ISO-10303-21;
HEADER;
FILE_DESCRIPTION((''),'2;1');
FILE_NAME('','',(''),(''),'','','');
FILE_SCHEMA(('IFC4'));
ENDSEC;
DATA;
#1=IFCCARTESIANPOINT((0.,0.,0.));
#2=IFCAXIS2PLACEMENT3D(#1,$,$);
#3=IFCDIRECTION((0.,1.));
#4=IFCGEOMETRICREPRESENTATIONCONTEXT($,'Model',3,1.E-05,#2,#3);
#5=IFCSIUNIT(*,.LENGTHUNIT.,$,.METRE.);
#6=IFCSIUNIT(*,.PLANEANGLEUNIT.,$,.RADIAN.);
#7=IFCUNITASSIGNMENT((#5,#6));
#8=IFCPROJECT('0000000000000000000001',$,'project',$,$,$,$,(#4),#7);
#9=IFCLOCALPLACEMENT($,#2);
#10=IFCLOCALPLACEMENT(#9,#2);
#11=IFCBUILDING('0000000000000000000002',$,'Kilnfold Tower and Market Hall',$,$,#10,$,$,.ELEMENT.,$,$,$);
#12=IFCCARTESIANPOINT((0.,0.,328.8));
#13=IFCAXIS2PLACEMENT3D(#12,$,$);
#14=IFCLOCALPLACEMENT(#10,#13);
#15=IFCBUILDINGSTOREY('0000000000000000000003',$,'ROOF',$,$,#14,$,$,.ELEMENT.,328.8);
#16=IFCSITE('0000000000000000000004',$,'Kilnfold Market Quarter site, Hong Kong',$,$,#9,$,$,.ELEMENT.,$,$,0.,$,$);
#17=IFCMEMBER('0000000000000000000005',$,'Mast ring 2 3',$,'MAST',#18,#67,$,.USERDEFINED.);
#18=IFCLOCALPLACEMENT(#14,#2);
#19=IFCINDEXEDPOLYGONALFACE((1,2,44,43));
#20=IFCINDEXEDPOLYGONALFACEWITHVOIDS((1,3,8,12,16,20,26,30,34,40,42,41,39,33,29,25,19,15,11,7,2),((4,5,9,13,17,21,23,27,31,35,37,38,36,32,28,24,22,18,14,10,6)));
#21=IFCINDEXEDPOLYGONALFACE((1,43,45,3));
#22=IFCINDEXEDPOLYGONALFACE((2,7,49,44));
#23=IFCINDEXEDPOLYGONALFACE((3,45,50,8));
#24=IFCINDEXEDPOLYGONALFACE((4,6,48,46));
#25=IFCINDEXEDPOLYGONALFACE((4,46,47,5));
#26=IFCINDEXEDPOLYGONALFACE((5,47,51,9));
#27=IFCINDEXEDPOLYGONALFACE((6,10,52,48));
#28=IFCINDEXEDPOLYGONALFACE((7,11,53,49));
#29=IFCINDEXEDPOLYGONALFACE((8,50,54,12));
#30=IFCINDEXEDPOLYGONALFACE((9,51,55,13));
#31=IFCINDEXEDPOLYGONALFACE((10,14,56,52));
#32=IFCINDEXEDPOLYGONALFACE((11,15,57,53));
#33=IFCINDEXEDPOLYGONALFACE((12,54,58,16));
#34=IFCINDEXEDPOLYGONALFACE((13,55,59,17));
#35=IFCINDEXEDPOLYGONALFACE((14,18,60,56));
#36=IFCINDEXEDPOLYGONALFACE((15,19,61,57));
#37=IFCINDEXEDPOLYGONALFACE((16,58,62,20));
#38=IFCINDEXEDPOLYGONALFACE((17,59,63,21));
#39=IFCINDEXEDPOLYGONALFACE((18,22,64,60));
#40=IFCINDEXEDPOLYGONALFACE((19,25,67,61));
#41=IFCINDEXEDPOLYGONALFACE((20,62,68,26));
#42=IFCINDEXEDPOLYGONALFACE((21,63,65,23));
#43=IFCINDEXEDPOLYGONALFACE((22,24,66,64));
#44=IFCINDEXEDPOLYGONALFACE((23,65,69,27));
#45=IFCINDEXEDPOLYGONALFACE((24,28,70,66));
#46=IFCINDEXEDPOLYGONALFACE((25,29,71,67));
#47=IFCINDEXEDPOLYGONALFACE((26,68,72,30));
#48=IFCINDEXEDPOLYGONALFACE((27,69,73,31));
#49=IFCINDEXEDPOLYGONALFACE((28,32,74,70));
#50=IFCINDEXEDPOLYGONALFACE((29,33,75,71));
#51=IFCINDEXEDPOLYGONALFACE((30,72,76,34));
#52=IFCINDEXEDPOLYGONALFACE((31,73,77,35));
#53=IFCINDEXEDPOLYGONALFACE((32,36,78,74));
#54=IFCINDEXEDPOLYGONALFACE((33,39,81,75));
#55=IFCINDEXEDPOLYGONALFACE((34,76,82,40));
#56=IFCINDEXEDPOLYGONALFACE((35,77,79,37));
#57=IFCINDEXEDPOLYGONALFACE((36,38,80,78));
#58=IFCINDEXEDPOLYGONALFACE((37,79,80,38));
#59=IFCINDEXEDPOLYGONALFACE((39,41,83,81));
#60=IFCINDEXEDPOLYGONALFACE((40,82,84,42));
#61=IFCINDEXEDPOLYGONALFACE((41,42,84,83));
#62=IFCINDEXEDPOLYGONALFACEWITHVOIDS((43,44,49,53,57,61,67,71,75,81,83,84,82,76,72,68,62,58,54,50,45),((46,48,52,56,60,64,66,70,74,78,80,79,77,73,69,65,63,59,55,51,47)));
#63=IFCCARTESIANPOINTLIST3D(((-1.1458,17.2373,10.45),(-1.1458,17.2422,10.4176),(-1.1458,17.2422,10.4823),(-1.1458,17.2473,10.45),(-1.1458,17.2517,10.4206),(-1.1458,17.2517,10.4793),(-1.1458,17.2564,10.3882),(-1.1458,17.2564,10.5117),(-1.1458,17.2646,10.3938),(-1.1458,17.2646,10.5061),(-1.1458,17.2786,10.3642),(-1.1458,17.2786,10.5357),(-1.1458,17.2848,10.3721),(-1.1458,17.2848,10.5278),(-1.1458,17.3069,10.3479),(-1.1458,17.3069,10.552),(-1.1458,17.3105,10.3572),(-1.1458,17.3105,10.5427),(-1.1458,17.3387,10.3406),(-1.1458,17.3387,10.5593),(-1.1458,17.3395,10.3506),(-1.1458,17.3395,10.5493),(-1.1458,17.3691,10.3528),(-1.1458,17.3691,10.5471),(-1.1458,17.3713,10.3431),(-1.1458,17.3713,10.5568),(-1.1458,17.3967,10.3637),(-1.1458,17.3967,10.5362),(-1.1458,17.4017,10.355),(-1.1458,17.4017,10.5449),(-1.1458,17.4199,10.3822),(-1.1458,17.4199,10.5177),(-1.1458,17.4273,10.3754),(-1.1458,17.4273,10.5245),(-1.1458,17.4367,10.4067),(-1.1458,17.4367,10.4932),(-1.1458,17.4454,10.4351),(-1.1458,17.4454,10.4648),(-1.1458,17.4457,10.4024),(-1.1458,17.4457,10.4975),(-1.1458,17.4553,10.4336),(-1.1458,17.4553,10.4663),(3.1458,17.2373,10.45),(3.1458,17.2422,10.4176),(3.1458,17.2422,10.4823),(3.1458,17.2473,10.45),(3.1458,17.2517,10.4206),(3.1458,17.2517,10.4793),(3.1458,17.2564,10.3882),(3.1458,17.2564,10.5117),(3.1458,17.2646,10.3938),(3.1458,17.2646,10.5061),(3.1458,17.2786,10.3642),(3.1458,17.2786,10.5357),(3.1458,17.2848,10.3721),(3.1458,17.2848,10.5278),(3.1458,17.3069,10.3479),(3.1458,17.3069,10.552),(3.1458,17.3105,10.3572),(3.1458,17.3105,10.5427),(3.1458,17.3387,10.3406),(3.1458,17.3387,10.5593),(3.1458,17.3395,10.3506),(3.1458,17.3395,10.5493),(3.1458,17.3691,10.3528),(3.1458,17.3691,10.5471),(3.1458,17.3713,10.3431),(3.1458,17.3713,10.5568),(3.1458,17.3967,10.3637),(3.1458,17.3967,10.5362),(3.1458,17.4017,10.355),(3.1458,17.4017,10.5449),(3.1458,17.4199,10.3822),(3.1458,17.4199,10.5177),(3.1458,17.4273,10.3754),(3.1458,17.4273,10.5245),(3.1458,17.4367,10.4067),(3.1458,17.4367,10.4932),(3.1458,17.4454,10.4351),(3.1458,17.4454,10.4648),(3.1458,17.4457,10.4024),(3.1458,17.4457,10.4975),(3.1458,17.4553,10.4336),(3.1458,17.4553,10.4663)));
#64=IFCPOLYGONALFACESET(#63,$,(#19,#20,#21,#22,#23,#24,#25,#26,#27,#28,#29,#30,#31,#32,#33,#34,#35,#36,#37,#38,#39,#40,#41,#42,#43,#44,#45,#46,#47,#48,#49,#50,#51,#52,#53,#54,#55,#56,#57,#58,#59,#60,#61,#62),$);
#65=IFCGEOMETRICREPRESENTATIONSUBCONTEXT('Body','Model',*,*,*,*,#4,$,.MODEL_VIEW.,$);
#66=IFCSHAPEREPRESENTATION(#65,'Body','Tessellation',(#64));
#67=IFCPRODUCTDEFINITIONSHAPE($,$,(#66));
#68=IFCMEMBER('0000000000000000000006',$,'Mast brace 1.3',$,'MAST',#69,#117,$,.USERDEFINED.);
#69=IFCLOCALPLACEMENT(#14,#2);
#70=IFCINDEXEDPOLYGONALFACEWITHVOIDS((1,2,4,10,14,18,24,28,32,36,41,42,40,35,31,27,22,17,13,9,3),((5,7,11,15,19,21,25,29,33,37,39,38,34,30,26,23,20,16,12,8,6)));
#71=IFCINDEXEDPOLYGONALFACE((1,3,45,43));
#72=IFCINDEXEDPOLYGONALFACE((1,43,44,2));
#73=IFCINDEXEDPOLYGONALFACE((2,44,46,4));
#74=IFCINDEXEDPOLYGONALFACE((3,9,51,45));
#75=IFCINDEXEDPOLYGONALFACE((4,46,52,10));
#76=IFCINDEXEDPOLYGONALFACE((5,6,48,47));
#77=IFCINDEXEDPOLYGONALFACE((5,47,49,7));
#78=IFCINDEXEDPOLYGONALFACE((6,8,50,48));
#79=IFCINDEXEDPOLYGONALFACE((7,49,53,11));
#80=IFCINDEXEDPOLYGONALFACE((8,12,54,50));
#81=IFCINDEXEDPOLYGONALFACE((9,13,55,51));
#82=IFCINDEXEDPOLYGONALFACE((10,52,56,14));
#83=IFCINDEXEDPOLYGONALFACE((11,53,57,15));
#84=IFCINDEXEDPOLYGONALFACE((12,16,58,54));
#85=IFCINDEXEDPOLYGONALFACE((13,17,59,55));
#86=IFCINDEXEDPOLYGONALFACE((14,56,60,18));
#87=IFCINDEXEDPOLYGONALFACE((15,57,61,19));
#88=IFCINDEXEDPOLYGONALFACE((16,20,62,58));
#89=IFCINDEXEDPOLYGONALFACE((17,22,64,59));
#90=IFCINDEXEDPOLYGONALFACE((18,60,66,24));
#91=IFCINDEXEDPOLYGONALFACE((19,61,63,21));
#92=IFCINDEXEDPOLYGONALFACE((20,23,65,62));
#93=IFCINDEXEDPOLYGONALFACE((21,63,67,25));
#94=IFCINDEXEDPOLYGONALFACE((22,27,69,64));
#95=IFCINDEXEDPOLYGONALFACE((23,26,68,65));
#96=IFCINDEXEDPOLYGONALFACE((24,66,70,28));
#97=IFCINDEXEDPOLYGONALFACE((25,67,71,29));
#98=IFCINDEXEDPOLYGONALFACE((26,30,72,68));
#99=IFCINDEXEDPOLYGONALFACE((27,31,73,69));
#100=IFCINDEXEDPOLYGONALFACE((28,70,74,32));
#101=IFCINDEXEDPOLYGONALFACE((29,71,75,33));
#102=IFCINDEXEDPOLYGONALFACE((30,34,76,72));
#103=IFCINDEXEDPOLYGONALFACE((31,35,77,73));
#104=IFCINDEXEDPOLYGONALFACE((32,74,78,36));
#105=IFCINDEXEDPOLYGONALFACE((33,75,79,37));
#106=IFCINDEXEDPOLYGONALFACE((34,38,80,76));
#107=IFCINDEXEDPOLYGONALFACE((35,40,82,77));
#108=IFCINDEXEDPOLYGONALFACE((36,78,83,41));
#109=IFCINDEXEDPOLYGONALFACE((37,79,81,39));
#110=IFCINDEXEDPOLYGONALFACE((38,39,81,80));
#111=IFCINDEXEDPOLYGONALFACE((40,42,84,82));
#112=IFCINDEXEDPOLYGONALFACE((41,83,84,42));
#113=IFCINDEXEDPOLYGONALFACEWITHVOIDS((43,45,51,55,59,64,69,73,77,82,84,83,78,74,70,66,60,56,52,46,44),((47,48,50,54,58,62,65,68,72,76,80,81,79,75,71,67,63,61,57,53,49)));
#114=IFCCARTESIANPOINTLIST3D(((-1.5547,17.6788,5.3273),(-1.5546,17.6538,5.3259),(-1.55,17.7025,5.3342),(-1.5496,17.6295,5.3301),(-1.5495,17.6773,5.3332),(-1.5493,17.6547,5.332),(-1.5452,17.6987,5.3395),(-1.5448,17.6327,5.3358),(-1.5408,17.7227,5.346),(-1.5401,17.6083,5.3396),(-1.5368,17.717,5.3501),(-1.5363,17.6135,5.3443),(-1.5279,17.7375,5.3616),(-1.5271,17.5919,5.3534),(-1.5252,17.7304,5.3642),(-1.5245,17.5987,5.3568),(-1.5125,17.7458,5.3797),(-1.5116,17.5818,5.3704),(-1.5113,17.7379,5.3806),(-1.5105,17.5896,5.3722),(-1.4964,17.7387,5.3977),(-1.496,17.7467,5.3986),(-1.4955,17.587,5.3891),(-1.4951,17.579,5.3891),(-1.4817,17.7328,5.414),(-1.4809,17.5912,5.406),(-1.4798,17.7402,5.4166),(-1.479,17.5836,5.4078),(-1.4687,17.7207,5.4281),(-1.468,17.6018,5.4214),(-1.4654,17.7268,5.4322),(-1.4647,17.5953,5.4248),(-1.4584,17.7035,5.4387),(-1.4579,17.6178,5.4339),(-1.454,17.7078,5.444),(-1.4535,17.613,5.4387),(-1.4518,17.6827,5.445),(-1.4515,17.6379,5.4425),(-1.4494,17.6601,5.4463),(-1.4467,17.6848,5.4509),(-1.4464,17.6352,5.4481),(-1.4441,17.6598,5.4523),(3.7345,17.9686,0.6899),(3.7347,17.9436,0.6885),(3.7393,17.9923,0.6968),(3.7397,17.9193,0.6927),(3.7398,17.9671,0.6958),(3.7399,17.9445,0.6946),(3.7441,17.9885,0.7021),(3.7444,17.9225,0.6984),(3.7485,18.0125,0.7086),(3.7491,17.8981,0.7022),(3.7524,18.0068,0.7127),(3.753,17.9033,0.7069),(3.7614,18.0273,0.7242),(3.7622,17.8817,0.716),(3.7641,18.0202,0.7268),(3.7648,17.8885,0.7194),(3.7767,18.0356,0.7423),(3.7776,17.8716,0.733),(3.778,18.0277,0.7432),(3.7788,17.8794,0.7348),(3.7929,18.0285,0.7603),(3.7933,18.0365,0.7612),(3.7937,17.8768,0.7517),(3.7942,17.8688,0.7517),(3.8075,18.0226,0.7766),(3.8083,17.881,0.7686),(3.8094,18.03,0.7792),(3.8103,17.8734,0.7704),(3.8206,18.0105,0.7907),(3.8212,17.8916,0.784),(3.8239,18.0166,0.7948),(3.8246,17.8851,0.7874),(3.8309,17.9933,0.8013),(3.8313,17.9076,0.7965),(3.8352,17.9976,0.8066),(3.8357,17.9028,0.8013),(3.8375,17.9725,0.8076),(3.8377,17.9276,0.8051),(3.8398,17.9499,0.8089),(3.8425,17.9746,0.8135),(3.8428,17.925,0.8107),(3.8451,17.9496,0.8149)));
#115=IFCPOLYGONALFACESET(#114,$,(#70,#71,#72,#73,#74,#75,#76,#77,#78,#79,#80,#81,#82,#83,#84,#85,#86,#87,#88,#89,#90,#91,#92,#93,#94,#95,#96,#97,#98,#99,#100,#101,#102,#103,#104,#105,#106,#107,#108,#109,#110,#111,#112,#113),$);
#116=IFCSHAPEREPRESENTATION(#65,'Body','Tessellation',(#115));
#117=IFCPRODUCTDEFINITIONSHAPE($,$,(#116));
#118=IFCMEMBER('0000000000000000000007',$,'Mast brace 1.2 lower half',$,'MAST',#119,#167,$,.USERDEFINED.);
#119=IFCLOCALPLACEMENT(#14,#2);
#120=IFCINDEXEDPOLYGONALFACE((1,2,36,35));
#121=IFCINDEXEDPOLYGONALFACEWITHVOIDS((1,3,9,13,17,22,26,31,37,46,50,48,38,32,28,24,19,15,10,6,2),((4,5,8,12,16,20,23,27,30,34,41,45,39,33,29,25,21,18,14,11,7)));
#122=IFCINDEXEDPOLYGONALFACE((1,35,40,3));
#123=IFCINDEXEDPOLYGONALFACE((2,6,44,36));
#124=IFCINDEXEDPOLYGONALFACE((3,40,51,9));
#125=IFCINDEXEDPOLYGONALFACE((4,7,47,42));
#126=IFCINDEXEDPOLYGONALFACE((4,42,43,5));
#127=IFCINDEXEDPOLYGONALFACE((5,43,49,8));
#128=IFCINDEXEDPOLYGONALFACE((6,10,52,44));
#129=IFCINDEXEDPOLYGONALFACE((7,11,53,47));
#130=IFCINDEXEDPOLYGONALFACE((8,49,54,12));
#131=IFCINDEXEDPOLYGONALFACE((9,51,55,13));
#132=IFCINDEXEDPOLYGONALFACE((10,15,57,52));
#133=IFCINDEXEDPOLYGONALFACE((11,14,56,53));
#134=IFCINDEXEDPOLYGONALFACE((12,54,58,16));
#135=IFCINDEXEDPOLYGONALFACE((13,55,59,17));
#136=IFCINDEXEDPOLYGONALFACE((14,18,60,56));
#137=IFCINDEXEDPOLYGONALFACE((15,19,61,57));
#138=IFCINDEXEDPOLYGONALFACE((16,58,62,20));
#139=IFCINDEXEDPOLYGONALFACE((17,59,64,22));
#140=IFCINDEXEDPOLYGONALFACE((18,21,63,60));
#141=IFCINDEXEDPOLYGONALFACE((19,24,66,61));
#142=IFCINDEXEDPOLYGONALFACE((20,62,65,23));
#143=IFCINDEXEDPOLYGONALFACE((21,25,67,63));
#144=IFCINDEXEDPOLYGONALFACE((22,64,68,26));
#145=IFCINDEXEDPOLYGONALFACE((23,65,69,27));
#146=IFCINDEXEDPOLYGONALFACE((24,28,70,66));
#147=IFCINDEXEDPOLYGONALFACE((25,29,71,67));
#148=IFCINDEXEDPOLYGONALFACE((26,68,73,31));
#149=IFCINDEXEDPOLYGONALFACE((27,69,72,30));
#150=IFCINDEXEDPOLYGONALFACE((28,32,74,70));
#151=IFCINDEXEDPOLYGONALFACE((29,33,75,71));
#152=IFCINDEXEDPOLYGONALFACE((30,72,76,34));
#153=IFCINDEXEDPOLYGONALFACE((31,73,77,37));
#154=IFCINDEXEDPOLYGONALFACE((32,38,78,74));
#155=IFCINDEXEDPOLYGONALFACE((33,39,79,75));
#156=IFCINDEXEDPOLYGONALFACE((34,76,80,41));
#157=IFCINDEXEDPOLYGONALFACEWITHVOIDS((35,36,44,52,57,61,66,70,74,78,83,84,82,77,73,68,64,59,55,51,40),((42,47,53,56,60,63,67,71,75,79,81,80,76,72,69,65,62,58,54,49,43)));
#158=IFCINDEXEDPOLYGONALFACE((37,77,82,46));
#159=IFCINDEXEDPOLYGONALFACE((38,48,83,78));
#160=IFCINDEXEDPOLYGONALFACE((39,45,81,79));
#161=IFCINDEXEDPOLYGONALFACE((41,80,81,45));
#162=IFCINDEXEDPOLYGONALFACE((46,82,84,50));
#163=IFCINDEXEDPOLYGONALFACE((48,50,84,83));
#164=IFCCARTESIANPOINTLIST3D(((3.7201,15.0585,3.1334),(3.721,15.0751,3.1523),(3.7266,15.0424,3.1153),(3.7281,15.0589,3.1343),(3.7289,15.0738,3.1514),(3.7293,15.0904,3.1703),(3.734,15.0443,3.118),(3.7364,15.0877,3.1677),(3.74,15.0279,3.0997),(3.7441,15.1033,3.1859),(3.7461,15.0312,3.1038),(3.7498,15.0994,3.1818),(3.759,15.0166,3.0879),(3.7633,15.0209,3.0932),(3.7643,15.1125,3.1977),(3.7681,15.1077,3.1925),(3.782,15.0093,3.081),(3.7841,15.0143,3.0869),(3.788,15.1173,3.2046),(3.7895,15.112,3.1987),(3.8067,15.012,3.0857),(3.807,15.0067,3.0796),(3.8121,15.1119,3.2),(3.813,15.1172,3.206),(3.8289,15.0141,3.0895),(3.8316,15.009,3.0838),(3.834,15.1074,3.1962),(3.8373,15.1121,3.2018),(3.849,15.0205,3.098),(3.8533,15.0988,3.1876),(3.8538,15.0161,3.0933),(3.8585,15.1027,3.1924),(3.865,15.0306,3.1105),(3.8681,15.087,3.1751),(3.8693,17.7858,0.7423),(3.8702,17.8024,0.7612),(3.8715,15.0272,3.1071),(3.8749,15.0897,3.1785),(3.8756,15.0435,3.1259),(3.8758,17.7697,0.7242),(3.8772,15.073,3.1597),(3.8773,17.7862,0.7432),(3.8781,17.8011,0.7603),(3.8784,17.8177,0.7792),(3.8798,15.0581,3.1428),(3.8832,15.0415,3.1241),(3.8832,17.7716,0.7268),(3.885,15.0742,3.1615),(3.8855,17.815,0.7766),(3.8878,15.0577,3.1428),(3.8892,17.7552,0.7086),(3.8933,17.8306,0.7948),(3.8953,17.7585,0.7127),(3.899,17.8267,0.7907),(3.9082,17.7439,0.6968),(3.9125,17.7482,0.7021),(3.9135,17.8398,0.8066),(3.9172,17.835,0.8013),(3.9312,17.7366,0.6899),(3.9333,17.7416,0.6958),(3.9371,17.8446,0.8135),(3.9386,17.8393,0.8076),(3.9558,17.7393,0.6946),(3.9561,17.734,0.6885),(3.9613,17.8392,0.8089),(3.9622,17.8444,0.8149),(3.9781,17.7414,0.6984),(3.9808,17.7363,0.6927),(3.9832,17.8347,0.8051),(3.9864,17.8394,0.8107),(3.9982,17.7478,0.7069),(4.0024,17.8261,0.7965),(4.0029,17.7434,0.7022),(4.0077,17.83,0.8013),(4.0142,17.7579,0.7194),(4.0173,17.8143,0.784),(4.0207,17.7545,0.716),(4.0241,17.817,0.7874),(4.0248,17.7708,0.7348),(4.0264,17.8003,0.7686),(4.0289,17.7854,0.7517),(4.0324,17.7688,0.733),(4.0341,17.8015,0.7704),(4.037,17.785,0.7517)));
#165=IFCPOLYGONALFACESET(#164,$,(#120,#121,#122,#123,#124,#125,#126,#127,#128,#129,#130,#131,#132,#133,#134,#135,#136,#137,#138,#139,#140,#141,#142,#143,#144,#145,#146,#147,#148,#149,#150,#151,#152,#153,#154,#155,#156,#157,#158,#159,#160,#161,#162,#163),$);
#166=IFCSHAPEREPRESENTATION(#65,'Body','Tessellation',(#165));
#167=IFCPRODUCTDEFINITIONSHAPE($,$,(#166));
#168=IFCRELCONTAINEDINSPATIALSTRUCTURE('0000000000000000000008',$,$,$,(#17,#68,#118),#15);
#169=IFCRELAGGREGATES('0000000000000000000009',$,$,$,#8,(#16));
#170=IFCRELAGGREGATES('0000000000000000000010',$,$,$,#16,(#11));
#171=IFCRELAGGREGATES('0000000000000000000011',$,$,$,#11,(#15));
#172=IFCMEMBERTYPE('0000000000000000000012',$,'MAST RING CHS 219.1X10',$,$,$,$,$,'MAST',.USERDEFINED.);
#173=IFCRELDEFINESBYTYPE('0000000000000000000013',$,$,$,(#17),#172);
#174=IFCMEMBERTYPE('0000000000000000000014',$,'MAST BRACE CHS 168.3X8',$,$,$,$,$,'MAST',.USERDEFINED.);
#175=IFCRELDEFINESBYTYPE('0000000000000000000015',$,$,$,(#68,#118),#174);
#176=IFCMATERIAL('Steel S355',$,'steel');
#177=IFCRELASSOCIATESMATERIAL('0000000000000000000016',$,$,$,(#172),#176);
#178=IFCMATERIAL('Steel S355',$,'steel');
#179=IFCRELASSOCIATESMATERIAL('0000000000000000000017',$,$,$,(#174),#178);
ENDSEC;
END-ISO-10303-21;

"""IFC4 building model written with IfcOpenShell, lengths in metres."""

from ifc_helpers import new_model, si_unit, direction, frame, origin, origin_2d, place, context, subcontext, project, spatial, hollow_circle, extrude, source, transform, mapped, material, material_profile, profile_set, type_object, element, save


model = new_model("IFC4")

# Units and contexts
model_context = context("Model", 3, precision=1e-05, world=origin(), true_north=direction((0.0, 1.0)))
body_context = subcontext(model_context, "Body", "Model", "MODEL_VIEW")
ifc_project = project(units=[si_unit("LENGTHUNIT", "METRE"), si_unit("PLANEANGLEUNIT", "RADIAN")], contexts=[model_context])

# Site, building, storey
site_placement = place(None, origin())
site = spatial("IfcSite", under=ifc_project, at=site_placement, Name="Kilnfold Market Quarter site, Hong Kong", CompositionType="ELEMENT", RefElevation=0.0)
building_placement = place(site_placement, origin())
building = spatial("IfcBuilding", under=site, at=building_placement, Name="Kilnfold Tower and Market Hall", CompositionType="ELEMENT")
storey_placement = place(building_placement, frame((0.0, 0.0, 328.8)))
storey = spatial("IfcBuildingStorey", under=building, at=storey_placement, Name="ROOF", CompositionType="ELEMENT", Elevation=328.8)

# Members
ifc_material_1 = material(Name="Steel S355", Category="steel")
ifc_material_profile_1 = material_profile(ifc_material_1, hollow_circle(Radius=0.1096, WallThickness=0.01, at=origin_2d()), Name="CHS 219.1x10")
ifc_profile_set_1 = profile_set([ifc_material_profile_1], Name="Steel S355")
member_type_1 = type_object("IfcMemberType", Name="MAST RING CHS 219.1X10", ElementType="MAST", PredefinedType="USERDEFINED", material=ifc_profile_set_1)
shared_shape_1 = source(origin(), body_context, "Body", "SweptSolid", [
    extrude(hollow_circle(Radius=0.1096, WallThickness=0.01, at=origin_2d()), origin(), (0.0, 0.0, 1.0), 4.2915),
])
member_1_placement = place(storey_placement, frame((3.1458, 17.3469, 10.45), z_axis=(-1.0, 0.0, 0.0), x_axis=(0.0, -1.0, 0.0)))
element("IfcMember", 1, at=member_1_placement, inside=storey, type_object=member_type_1, Name="Mast ring 2 3", ObjectType="MAST", PredefinedType="USERDEFINED", context=body_context, shape_type="MappedRepresentation", body=[
    mapped(shared_shape_1, transform((0.0, 0.0, 0.0))),
])
ifc_material_2 = material(Name="Steel S355", Category="steel")
ifc_material_profile_2 = material_profile(ifc_material_2, hollow_circle(Radius=0.0842, WallThickness=0.0081, at=origin_2d()), Name="CHS 168.3x8")
ifc_profile_set_2 = profile_set([ifc_material_profile_2], Name="Steel S355")
member_type_2 = type_object("IfcMemberType", Name="MAST BRACE CHS 168.3X8", ElementType="MAST", PredefinedType="USERDEFINED", material=ifc_profile_set_2)
shared_shape_2 = source(origin(), body_context, "Body", "SweptSolid", [
    extrude(hollow_circle(Radius=0.0842, WallThickness=0.0081, at=origin_2d()), origin(), (0.0, 0.0, 1.0), 7.0403),
])
member_2_placement = place(storey_placement, frame((3.7896, 17.9529, 0.7517), z_axis=(-0.751283, -0.041162, 0.658695), x_axis=(0.054707, -0.998502, 0.0)))
element("IfcMember", 2, at=member_2_placement, inside=storey, type_object=member_type_2, Name="Mast brace 1.3", ObjectType="MAST", PredefinedType="USERDEFINED", context=body_context, shape_type="MappedRepresentation", body=[
    mapped(shared_shape_2, transform((0.0, 0.0, 0.0))),
])
shared_shape_3 = source(origin(), body_context, "Body", "SweptSolid", [
    extrude(hollow_circle(Radius=0.0842, WallThickness=0.0081, at=origin_2d()), origin(), (0.0, 0.0, 1.0), 3.6301),
])
member_3_placement = place(storey_placement, frame((3.9529, 17.7896, 0.7517), z_axis=(-0.041092, -0.751295, 0.658686), x_axis=(0.998508, -0.054614, 0.0)))
element("IfcMember", 3, at=member_3_placement, inside=storey, type_object=member_type_2, Name="Mast brace 1.2 lower half", ObjectType="MAST", PredefinedType="USERDEFINED", context=body_context, shape_type="MappedRepresentation", body=[
    mapped(shared_shape_3, transform((0.0, 0.0, 0.0))),
])

save(model, "model.ifc")
